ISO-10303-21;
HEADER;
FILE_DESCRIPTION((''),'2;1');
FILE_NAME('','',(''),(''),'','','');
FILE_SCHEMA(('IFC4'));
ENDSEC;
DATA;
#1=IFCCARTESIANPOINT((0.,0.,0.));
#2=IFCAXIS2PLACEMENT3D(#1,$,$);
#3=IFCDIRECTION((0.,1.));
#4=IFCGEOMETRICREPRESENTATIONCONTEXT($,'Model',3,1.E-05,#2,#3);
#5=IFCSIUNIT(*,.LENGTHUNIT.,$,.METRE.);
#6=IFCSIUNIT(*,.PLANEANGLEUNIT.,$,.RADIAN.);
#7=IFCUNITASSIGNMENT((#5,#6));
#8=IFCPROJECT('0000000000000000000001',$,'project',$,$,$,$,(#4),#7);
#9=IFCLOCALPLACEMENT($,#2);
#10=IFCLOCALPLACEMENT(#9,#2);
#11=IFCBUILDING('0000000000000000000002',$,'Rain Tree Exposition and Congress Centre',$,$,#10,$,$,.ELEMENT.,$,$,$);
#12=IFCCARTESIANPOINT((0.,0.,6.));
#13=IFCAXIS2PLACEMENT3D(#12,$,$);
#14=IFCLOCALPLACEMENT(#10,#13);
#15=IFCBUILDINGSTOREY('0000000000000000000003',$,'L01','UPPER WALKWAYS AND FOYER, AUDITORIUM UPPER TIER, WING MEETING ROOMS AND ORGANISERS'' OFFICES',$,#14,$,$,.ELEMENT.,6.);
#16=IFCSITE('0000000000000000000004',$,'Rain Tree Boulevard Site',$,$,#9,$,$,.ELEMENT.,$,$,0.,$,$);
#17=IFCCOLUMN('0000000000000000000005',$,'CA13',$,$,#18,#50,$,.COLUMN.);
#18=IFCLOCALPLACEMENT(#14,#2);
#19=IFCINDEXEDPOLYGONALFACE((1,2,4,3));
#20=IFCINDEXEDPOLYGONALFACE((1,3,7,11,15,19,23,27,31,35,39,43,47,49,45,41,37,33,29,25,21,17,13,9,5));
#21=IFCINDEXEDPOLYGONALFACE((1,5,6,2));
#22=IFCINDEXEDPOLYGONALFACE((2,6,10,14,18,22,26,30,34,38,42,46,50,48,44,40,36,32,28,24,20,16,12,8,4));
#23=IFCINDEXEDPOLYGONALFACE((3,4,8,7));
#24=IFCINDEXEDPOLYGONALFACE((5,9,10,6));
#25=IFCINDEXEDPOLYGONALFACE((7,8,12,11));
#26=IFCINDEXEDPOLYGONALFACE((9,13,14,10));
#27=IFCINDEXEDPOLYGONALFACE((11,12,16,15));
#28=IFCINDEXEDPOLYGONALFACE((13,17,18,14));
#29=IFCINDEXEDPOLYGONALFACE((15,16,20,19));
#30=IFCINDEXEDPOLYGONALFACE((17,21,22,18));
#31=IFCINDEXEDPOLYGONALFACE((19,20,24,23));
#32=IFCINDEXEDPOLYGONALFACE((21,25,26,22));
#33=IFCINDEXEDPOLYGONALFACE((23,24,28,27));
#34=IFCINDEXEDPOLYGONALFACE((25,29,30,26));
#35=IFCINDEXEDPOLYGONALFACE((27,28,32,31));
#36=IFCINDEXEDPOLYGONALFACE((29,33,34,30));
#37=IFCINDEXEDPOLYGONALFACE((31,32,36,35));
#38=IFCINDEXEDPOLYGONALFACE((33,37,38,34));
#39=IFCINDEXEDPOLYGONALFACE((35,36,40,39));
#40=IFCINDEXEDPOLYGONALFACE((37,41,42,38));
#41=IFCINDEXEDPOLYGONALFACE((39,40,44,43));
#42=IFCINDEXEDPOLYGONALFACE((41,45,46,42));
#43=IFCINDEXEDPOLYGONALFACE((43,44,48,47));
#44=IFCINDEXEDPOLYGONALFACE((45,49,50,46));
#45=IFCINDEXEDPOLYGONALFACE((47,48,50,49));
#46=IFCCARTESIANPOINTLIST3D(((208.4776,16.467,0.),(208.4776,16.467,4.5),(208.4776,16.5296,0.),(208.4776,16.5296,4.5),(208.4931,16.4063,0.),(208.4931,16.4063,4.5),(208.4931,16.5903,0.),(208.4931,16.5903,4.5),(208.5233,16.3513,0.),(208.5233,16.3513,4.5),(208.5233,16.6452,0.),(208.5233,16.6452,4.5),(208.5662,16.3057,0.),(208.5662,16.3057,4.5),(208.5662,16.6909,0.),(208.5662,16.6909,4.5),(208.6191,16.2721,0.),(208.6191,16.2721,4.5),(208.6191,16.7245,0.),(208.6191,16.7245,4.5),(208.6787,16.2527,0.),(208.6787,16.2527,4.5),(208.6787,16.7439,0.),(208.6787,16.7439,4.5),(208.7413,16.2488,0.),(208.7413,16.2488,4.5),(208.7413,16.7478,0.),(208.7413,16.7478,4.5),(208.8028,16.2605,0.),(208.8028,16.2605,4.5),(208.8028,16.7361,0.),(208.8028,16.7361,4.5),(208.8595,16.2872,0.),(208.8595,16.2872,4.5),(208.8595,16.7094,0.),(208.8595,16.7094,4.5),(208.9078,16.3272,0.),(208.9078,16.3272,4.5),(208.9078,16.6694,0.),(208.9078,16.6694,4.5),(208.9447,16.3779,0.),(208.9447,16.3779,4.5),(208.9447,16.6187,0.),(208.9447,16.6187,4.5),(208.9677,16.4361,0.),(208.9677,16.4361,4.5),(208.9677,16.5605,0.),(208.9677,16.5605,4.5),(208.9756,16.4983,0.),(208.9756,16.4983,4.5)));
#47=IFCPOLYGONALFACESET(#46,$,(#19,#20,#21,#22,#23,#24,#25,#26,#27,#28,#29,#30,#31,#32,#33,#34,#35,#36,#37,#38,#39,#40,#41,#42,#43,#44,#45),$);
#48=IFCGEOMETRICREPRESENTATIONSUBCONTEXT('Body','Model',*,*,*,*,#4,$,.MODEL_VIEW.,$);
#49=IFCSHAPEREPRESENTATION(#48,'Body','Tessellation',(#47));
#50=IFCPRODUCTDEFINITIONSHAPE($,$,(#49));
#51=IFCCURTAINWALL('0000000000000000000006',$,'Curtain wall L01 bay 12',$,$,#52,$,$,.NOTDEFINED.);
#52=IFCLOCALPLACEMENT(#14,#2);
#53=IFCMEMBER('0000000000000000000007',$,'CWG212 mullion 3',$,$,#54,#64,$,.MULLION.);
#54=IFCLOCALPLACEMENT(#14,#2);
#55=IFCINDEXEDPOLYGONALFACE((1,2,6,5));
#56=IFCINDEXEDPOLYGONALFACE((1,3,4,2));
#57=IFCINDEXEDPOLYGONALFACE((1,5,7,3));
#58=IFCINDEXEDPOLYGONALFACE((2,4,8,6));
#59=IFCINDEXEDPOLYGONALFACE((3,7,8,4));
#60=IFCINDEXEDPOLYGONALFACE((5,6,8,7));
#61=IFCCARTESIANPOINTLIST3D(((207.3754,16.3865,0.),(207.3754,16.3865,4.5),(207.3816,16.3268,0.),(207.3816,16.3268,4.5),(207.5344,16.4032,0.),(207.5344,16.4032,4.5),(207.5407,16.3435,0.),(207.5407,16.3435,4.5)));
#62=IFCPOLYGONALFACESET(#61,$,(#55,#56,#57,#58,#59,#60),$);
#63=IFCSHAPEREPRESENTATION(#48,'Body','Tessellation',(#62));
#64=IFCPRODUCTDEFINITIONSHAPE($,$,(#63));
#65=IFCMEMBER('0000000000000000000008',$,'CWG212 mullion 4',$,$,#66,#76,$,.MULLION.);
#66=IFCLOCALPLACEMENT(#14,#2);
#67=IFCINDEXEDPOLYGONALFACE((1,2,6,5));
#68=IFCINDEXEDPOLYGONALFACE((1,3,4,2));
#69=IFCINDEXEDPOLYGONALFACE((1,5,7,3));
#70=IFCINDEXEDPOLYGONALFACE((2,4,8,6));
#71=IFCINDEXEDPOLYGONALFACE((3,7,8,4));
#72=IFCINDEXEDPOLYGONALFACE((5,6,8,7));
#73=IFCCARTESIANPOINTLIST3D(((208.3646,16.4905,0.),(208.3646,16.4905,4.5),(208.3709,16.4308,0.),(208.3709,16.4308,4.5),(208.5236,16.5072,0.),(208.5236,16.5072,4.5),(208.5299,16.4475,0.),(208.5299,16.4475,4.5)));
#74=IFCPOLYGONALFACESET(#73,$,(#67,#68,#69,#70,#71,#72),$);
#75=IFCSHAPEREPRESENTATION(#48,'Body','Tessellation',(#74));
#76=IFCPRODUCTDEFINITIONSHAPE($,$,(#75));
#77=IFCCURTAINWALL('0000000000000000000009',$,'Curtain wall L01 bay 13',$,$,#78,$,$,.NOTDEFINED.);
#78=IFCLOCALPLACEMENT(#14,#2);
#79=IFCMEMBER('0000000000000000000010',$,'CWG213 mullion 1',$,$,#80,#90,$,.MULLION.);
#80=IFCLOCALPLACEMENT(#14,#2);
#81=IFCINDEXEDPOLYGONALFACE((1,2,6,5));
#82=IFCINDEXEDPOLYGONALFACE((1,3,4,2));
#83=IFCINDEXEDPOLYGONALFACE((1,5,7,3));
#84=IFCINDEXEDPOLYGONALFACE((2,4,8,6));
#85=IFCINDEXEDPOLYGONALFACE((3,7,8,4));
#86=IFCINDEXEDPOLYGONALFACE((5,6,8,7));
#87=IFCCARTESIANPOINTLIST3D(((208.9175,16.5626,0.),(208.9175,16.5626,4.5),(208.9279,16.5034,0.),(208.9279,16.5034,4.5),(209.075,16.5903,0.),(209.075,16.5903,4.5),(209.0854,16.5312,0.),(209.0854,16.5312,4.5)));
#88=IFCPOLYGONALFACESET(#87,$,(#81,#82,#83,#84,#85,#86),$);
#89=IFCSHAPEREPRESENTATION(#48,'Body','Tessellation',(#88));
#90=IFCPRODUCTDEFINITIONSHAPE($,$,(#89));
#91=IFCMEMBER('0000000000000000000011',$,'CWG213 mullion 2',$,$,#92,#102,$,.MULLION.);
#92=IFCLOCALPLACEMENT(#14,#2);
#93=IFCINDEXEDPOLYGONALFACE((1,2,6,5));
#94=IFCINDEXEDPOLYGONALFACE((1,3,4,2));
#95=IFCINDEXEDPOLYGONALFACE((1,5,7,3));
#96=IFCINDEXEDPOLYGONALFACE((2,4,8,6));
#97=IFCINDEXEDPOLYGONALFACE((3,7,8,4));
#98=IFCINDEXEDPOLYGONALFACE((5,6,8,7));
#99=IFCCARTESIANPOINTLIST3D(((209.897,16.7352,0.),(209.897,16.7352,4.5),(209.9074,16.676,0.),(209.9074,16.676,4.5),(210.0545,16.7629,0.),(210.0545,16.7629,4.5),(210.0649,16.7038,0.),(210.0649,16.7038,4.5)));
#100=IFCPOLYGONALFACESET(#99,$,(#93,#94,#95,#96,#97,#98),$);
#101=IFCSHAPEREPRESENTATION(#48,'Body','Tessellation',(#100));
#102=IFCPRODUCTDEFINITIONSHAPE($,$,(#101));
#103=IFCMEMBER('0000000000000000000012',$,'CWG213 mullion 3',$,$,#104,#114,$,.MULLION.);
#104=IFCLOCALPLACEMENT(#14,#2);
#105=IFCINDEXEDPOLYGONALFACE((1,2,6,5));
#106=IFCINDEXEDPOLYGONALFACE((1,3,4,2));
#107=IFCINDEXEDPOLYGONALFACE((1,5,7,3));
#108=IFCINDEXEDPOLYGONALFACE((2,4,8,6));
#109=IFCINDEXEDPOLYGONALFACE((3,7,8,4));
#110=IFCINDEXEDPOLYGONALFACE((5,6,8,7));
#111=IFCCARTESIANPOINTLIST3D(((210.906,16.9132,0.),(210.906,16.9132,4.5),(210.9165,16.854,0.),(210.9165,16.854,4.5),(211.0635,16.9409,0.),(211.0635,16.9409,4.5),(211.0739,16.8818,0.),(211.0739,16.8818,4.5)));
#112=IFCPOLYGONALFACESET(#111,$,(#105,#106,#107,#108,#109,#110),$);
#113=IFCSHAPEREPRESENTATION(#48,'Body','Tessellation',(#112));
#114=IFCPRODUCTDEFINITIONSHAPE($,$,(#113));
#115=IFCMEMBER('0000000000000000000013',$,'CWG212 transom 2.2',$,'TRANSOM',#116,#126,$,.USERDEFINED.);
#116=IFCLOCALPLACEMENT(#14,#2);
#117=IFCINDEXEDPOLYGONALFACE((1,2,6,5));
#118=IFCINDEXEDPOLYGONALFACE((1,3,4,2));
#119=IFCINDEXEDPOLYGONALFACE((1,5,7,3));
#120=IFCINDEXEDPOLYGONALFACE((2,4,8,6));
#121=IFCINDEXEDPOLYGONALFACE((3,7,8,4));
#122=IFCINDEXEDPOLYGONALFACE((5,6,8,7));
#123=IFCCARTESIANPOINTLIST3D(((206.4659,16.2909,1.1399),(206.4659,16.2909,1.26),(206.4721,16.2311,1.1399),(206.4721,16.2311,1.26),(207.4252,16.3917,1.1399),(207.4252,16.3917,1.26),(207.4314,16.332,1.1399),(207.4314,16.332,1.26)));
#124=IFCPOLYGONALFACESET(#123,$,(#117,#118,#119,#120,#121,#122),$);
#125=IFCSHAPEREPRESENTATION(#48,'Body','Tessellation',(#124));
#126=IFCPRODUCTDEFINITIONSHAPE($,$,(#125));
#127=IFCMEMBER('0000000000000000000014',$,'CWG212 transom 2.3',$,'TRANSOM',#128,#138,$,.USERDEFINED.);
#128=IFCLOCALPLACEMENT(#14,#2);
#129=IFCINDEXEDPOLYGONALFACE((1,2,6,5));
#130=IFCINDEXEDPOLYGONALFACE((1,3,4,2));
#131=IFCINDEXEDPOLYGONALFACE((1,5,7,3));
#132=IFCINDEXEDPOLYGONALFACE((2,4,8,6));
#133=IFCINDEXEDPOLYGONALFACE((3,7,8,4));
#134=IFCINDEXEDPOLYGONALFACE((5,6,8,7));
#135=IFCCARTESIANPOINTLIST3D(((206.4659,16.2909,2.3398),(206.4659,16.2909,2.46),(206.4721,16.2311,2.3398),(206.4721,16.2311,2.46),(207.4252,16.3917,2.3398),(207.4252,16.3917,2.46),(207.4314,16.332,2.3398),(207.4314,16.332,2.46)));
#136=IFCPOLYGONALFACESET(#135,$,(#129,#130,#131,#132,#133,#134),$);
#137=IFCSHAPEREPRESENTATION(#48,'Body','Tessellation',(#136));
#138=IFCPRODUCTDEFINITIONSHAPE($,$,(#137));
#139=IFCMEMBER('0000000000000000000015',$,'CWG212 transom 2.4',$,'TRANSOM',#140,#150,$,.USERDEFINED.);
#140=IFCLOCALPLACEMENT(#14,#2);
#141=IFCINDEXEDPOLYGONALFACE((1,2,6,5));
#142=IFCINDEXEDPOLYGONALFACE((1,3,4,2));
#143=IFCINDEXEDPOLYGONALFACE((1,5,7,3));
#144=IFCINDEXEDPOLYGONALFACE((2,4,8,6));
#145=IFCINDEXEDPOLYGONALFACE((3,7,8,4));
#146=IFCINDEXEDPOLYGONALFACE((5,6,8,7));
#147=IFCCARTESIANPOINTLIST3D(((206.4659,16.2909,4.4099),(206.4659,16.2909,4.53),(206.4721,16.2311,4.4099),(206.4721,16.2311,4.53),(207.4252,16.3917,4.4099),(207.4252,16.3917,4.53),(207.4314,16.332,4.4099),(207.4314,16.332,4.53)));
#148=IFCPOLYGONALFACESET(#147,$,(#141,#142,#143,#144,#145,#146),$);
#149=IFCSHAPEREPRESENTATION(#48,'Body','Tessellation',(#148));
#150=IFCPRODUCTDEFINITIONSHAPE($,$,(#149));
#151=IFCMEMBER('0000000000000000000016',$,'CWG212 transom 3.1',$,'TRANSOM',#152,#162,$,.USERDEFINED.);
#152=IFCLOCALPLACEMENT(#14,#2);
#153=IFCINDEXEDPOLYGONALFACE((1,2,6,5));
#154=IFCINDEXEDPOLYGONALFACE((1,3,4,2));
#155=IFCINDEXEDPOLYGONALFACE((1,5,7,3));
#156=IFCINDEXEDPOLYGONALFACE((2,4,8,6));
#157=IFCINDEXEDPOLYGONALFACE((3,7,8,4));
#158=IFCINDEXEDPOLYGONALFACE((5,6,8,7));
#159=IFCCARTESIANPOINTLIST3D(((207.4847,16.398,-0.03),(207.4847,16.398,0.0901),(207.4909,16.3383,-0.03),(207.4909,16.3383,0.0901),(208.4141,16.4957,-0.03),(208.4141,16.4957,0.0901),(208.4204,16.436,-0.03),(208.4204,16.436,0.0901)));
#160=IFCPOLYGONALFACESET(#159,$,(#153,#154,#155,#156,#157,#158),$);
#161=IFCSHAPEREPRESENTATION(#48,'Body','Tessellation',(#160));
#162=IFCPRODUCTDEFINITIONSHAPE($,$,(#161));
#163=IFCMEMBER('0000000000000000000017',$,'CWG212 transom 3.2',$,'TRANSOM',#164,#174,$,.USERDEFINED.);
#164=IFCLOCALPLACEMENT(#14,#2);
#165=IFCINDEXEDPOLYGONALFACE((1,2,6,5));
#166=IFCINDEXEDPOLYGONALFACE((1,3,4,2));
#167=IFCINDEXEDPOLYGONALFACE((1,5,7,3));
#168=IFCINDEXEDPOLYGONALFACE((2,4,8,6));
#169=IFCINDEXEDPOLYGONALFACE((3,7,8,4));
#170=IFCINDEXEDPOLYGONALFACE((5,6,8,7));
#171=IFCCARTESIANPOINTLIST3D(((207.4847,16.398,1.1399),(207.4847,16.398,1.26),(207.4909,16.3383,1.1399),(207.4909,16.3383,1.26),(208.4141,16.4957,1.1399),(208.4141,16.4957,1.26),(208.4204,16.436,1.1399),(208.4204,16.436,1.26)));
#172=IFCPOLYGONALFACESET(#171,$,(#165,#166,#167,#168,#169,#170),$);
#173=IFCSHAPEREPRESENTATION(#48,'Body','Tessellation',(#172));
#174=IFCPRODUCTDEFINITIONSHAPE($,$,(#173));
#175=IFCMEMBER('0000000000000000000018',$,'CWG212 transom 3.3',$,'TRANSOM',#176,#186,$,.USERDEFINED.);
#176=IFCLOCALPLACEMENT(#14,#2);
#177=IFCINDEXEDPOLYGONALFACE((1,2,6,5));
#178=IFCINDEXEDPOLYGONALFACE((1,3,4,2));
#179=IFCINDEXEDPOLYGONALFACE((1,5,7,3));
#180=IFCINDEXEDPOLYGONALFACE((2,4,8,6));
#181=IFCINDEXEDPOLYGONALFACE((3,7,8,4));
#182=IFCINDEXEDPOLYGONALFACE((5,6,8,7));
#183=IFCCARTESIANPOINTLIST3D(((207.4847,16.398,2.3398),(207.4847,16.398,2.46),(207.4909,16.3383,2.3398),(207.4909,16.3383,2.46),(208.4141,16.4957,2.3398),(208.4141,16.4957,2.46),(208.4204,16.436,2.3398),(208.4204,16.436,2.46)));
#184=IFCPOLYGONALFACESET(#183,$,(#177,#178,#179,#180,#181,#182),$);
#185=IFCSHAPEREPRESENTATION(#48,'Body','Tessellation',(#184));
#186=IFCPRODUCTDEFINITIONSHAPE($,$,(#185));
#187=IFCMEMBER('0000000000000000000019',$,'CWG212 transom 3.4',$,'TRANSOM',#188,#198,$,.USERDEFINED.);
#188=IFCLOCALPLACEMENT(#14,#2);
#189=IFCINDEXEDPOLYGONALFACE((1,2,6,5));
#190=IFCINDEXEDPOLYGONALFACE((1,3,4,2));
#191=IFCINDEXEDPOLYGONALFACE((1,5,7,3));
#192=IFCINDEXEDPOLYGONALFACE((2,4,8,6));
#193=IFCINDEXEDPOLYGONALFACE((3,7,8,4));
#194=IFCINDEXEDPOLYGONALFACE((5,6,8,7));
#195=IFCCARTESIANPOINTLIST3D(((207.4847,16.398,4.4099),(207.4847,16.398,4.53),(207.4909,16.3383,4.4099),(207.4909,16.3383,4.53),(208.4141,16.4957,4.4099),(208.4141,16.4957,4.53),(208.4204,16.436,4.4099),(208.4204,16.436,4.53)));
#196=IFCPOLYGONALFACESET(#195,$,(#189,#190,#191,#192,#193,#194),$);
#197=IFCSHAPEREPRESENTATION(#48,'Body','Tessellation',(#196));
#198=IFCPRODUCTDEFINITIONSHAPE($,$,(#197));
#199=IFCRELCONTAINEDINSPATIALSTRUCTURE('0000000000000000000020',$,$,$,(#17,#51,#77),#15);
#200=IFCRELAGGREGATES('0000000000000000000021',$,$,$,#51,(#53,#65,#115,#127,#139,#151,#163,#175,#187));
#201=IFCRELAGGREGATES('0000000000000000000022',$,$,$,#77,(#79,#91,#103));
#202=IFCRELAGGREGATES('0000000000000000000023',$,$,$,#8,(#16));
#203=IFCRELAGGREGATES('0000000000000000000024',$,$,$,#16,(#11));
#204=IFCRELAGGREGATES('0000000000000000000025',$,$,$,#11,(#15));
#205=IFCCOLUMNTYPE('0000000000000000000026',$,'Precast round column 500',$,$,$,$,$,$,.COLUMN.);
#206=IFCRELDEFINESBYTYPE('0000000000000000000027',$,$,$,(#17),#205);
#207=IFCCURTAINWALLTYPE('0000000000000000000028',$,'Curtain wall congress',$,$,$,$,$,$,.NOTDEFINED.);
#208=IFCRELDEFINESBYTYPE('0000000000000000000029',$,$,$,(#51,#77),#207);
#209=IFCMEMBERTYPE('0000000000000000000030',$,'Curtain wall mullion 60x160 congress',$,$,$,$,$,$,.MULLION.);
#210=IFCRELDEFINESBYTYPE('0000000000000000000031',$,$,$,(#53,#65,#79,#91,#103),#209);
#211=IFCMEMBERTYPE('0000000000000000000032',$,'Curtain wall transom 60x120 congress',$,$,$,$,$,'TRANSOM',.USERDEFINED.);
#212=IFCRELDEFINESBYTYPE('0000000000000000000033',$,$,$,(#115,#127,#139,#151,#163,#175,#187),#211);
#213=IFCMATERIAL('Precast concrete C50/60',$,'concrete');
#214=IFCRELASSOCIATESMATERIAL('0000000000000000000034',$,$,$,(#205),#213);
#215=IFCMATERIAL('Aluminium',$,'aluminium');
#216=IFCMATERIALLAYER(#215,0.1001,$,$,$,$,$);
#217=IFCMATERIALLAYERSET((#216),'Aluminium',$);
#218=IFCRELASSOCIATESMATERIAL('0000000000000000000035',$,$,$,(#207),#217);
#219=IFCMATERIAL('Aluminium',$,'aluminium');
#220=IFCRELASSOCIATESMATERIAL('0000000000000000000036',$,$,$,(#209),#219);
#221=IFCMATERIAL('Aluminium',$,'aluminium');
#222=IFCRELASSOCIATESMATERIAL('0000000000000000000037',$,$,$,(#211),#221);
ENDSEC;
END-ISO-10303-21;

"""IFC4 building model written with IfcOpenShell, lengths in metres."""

from ifc_helpers import new_model, si_unit, direction, frame, origin, origin_2d, place, context, subcontext, project, spatial, rectangle, circle, extrude, material, layer, layer_set, material_profile, profile_set, type_object, element, aggregate, save


model = new_model("IFC4")

# Units and contexts
model_context = context("Model", 3, precision=1e-05, world=origin(), true_north=direction((0.0, 1.0)))
body_context = subcontext(model_context, "Body", "Model", "MODEL_VIEW")
ifc_project = project(units=[si_unit("LENGTHUNIT", "METRE"), si_unit("PLANEANGLEUNIT", "RADIAN")], contexts=[model_context])

# Site, building, storey
site_placement = place(None, origin())
site = spatial("IfcSite", under=ifc_project, at=site_placement, Name="Rain Tree Boulevard Site", CompositionType="ELEMENT", RefElevation=0.0)
building_placement = place(site_placement, origin())
building = spatial("IfcBuilding", under=site, at=building_placement, Name="Rain Tree Exposition and Congress Centre", CompositionType="ELEMENT")
storey_placement = place(building_placement, frame((0.0, 0.0, 6.0)))
storey = spatial("IfcBuildingStorey", under=building, at=storey_placement, Name="L01", Description="UPPER WALKWAYS AND FOYER, AUDITORIUM UPPER TIER, WING MEETING ROOMS AND ORGANISERS' OFFICES", CompositionType="ELEMENT", Elevation=6.0)

# Column
ifc_material_1 = material(Name="Precast concrete C50/60", Category="concrete")
ifc_material_profile_1 = material_profile(ifc_material_1, circle(Radius=0.25, at=origin_2d()), Name="RC D500")
ifc_profile_set_1 = profile_set([ifc_material_profile_1], Name="Precast concrete C50/60")
column_type = type_object("IfcColumnType", Name="Precast round column 500", PredefinedType="COLUMN", material=ifc_profile_set_1)
column_placement = place(storey_placement, frame((208.7256, 16.4983, 0.0), z_axis=(0.0, 0.0, 1.0), x_axis=(1.0, 0.0, 0.0)))
element("IfcColumn", 1, at=column_placement, inside=storey, type_object=column_type, Name="CA13", PredefinedType="COLUMN", context=body_context, shape_type="SweptSolid", body=[
    extrude(circle(Radius=0.25, at=origin_2d()), origin(), (0.0, 0.0, 1.0), 4.5),
])

# Curtain walls, members
ifc_material_2 = material(Name="Aluminium", Category="aluminium")
ifc_layer_1 = layer(ifc_material_2, 0.1001)
ifc_layer_set_1 = layer_set([ifc_layer_1], Name="Aluminium")
curtain_wall_type = type_object("IfcCurtainWallType", Name="Curtain wall congress", PredefinedType="NOTDEFINED", material=ifc_layer_set_1)
curtain_wall_1_placement = place(storey_placement, origin())
curtain_wall_1 = element("IfcCurtainWall", 2, at=curtain_wall_1_placement, inside=storey, type_object=curtain_wall_type, Name="Curtain wall L01 bay 12", PredefinedType="NOTDEFINED")
ifc_material_3 = material(Name="Aluminium", Category="aluminium")
ifc_material_profile_2 = material_profile(ifc_material_3, rectangle(XDim=0.0601, YDim=0.1599, at=origin_2d()), Name="AL 60x160")
ifc_profile_set_2 = profile_set([ifc_material_profile_2], Name="Aluminium")
member_type_1 = type_object("IfcMemberType", Name="Curtain wall mullion 60x160 congress", PredefinedType="MULLION", material=ifc_profile_set_2)
member_1_placement = place(storey_placement, frame((207.458, 16.365, 0.0), z_axis=(0.0, 0.0, 1.0), x_axis=(-0.104502, 0.994525, 0.0)))
member_1 = element("IfcMember", 3, at=member_1_placement, type_object=member_type_1, Name="CWG212 mullion 3", PredefinedType="MULLION", context=body_context, shape_type="SweptSolid", body=[
    extrude(rectangle(XDim=0.0601, YDim=0.1599, at=origin_2d()), origin(), (0.0, 0.0, 1.0), 4.5),
])
member_2_placement = place(storey_placement, frame((208.4473, 16.469, 0.0), z_axis=(0.0, 0.0, 1.0), x_axis=(-0.104502, 0.994525, 0.0)))
member_2 = element("IfcMember", 4, at=member_2_placement, type_object=member_type_1, Name="CWG212 mullion 4", PredefinedType="MULLION", context=body_context, shape_type="SweptSolid", body=[
    extrude(rectangle(XDim=0.0601, YDim=0.1599, at=origin_2d()), origin(), (0.0, 0.0, 1.0), 4.5),
])
curtain_wall_2_placement = place(storey_placement, origin())
curtain_wall_2 = element("IfcCurtainWall", 5, at=curtain_wall_2_placement, inside=storey, type_object=curtain_wall_type, Name="Curtain wall L01 bay 13", PredefinedType="NOTDEFINED")
member_3_placement = place(storey_placement, frame((209.0015, 16.5469, 0.0), z_axis=(0.0, 0.0, 1.0), x_axis=(-0.173635, 0.98481, 0.0)))
member_3 = element("IfcMember", 6, at=member_3_placement, type_object=member_type_1, Name="CWG213 mullion 1", PredefinedType="MULLION", context=body_context, shape_type="SweptSolid", body=[
    extrude(rectangle(XDim=0.0601, YDim=0.1599, at=origin_2d()), origin(), (0.0, 0.0, 1.0), 4.5),
])
member_4_placement = place(storey_placement, frame((209.981, 16.7195, 0.0), z_axis=(0.0, 0.0, 1.0), x_axis=(-0.173635, 0.98481, 0.0)))
member_4 = element("IfcMember", 7, at=member_4_placement, type_object=member_type_1, Name="CWG213 mullion 2", PredefinedType="MULLION", context=body_context, shape_type="SweptSolid", body=[
    extrude(rectangle(XDim=0.0601, YDim=0.1599, at=origin_2d()), origin(), (0.0, 0.0, 1.0), 4.5),
])
member_5_placement = place(storey_placement, frame((210.99, 16.8975, 0.0), z_axis=(0.0, 0.0, 1.0), x_axis=(-0.173635, 0.98481, 0.0)))
member_5 = element("IfcMember", 8, at=member_5_placement, type_object=member_type_1, Name="CWG213 mullion 3", PredefinedType="MULLION", context=body_context, shape_type="SweptSolid", body=[
    extrude(rectangle(XDim=0.0601, YDim=0.1599, at=origin_2d()), origin(), (0.0, 0.0, 1.0), 4.5),
])

# Members
ifc_material_4 = material(Name="Aluminium", Category="aluminium")
ifc_material_profile_3 = material_profile(ifc_material_4, rectangle(XDim=0.0601, YDim=0.1201, at=origin_2d()), Name="AL 60x120")
ifc_profile_set_3 = profile_set([ifc_material_profile_3], Name="Aluminium")
member_type_2 = type_object("IfcMemberType", Name="Curtain wall transom 60x120 congress", ElementType="TRANSOM", PredefinedType="USERDEFINED", material=ifc_profile_set_3)
member_6_placement = place(storey_placement, frame((206.469, 16.261, 1.2), z_axis=(0.994521, 0.10454, 0.0), x_axis=(-0.10454, 0.994521, 0.0)))
member_6 = element("IfcMember", 9, at=member_6_placement, type_object=member_type_2, Name="CWG212 transom 2.2", ObjectType="TRANSOM", PredefinedType="USERDEFINED", context=body_context, shape_type="SweptSolid", body=[
    extrude(rectangle(XDim=0.0601, YDim=0.1201, at=origin_2d()), origin(), (0.0, 0.0, 1.0), 0.9646),
])
member_7_placement = place(storey_placement, frame((206.469, 16.261, 2.3999), z_axis=(0.994521, 0.10454, 0.0), x_axis=(-0.10454, 0.994521, 0.0)))
member_7 = element("IfcMember", 10, at=member_7_placement, type_object=member_type_2, Name="CWG212 transom 2.3", ObjectType="TRANSOM", PredefinedType="USERDEFINED", context=body_context, shape_type="SweptSolid", body=[
    extrude(rectangle(XDim=0.0601, YDim=0.1201, at=origin_2d()), origin(), (0.0, 0.0, 1.0), 0.9646),
])
member_8_placement = place(storey_placement, frame((206.469, 16.261, 4.47), z_axis=(0.994521, 0.10454, 0.0), x_axis=(-0.10454, 0.994521, 0.0)))
member_8 = element("IfcMember", 11, at=member_8_placement, type_object=member_type_2, Name="CWG212 transom 2.4", ObjectType="TRANSOM", PredefinedType="USERDEFINED", context=body_context, shape_type="SweptSolid", body=[
    extrude(rectangle(XDim=0.0601, YDim=0.1201, at=origin_2d()), origin(), (0.0, 0.0, 1.0), 0.9646),
])
member_9_placement = place(storey_placement, frame((207.4878, 16.3682, 0.03), z_axis=(0.994525, 0.104494, 0.0), x_axis=(-0.104494, 0.994525, 0.0)))
member_9 = element("IfcMember", 12, at=member_9_placement, type_object=member_type_2, Name="CWG212 transom 3.1", ObjectType="TRANSOM", PredefinedType="USERDEFINED", context=body_context, shape_type="SweptSolid", body=[
    extrude(rectangle(XDim=0.0601, YDim=0.1201, at=origin_2d()), origin(), (0.0, 0.0, 1.0), 0.9346),
])
member_10_placement = place(storey_placement, frame((207.4878, 16.3682, 1.2), z_axis=(0.994525, 0.104494, 0.0), x_axis=(-0.104494, 0.994525, 0.0)))
member_10 = element("IfcMember", 13, at=member_10_placement, type_object=member_type_2, Name="CWG212 transom 3.2", ObjectType="TRANSOM", PredefinedType="USERDEFINED", context=body_context, shape_type="SweptSolid", body=[
    extrude(rectangle(XDim=0.0601, YDim=0.1201, at=origin_2d()), origin(), (0.0, 0.0, 1.0), 0.9346),
])
member_11_placement = place(storey_placement, frame((207.4878, 16.3682, 2.3999), z_axis=(0.994525, 0.104494, 0.0), x_axis=(-0.104494, 0.994525, 0.0)))
member_11 = element("IfcMember", 14, at=member_11_placement, type_object=member_type_2, Name="CWG212 transom 3.3", ObjectType="TRANSOM", PredefinedType="USERDEFINED", context=body_context, shape_type="SweptSolid", body=[
    extrude(rectangle(XDim=0.0601, YDim=0.1201, at=origin_2d()), origin(), (0.0, 0.0, 1.0), 0.9346),
])
member_12_placement = place(storey_placement, frame((207.4878, 16.3682, 4.47), z_axis=(0.994525, 0.104494, 0.0), x_axis=(-0.104494, 0.994525, 0.0)))
member_12 = element("IfcMember", 15, at=member_12_placement, type_object=member_type_2, Name="CWG212 transom 3.4", ObjectType="TRANSOM", PredefinedType="USERDEFINED", context=body_context, shape_type="SweptSolid", body=[
    extrude(rectangle(XDim=0.0601, YDim=0.1201, at=origin_2d()), origin(), (0.0, 0.0, 1.0), 0.9346),
])

aggregate(curtain_wall_1, [member_1, member_2, member_6, member_7, member_8, member_9, member_10, member_11, member_12])
aggregate(curtain_wall_2, [member_3, member_4, member_5])

save(model, "model.ifc")
